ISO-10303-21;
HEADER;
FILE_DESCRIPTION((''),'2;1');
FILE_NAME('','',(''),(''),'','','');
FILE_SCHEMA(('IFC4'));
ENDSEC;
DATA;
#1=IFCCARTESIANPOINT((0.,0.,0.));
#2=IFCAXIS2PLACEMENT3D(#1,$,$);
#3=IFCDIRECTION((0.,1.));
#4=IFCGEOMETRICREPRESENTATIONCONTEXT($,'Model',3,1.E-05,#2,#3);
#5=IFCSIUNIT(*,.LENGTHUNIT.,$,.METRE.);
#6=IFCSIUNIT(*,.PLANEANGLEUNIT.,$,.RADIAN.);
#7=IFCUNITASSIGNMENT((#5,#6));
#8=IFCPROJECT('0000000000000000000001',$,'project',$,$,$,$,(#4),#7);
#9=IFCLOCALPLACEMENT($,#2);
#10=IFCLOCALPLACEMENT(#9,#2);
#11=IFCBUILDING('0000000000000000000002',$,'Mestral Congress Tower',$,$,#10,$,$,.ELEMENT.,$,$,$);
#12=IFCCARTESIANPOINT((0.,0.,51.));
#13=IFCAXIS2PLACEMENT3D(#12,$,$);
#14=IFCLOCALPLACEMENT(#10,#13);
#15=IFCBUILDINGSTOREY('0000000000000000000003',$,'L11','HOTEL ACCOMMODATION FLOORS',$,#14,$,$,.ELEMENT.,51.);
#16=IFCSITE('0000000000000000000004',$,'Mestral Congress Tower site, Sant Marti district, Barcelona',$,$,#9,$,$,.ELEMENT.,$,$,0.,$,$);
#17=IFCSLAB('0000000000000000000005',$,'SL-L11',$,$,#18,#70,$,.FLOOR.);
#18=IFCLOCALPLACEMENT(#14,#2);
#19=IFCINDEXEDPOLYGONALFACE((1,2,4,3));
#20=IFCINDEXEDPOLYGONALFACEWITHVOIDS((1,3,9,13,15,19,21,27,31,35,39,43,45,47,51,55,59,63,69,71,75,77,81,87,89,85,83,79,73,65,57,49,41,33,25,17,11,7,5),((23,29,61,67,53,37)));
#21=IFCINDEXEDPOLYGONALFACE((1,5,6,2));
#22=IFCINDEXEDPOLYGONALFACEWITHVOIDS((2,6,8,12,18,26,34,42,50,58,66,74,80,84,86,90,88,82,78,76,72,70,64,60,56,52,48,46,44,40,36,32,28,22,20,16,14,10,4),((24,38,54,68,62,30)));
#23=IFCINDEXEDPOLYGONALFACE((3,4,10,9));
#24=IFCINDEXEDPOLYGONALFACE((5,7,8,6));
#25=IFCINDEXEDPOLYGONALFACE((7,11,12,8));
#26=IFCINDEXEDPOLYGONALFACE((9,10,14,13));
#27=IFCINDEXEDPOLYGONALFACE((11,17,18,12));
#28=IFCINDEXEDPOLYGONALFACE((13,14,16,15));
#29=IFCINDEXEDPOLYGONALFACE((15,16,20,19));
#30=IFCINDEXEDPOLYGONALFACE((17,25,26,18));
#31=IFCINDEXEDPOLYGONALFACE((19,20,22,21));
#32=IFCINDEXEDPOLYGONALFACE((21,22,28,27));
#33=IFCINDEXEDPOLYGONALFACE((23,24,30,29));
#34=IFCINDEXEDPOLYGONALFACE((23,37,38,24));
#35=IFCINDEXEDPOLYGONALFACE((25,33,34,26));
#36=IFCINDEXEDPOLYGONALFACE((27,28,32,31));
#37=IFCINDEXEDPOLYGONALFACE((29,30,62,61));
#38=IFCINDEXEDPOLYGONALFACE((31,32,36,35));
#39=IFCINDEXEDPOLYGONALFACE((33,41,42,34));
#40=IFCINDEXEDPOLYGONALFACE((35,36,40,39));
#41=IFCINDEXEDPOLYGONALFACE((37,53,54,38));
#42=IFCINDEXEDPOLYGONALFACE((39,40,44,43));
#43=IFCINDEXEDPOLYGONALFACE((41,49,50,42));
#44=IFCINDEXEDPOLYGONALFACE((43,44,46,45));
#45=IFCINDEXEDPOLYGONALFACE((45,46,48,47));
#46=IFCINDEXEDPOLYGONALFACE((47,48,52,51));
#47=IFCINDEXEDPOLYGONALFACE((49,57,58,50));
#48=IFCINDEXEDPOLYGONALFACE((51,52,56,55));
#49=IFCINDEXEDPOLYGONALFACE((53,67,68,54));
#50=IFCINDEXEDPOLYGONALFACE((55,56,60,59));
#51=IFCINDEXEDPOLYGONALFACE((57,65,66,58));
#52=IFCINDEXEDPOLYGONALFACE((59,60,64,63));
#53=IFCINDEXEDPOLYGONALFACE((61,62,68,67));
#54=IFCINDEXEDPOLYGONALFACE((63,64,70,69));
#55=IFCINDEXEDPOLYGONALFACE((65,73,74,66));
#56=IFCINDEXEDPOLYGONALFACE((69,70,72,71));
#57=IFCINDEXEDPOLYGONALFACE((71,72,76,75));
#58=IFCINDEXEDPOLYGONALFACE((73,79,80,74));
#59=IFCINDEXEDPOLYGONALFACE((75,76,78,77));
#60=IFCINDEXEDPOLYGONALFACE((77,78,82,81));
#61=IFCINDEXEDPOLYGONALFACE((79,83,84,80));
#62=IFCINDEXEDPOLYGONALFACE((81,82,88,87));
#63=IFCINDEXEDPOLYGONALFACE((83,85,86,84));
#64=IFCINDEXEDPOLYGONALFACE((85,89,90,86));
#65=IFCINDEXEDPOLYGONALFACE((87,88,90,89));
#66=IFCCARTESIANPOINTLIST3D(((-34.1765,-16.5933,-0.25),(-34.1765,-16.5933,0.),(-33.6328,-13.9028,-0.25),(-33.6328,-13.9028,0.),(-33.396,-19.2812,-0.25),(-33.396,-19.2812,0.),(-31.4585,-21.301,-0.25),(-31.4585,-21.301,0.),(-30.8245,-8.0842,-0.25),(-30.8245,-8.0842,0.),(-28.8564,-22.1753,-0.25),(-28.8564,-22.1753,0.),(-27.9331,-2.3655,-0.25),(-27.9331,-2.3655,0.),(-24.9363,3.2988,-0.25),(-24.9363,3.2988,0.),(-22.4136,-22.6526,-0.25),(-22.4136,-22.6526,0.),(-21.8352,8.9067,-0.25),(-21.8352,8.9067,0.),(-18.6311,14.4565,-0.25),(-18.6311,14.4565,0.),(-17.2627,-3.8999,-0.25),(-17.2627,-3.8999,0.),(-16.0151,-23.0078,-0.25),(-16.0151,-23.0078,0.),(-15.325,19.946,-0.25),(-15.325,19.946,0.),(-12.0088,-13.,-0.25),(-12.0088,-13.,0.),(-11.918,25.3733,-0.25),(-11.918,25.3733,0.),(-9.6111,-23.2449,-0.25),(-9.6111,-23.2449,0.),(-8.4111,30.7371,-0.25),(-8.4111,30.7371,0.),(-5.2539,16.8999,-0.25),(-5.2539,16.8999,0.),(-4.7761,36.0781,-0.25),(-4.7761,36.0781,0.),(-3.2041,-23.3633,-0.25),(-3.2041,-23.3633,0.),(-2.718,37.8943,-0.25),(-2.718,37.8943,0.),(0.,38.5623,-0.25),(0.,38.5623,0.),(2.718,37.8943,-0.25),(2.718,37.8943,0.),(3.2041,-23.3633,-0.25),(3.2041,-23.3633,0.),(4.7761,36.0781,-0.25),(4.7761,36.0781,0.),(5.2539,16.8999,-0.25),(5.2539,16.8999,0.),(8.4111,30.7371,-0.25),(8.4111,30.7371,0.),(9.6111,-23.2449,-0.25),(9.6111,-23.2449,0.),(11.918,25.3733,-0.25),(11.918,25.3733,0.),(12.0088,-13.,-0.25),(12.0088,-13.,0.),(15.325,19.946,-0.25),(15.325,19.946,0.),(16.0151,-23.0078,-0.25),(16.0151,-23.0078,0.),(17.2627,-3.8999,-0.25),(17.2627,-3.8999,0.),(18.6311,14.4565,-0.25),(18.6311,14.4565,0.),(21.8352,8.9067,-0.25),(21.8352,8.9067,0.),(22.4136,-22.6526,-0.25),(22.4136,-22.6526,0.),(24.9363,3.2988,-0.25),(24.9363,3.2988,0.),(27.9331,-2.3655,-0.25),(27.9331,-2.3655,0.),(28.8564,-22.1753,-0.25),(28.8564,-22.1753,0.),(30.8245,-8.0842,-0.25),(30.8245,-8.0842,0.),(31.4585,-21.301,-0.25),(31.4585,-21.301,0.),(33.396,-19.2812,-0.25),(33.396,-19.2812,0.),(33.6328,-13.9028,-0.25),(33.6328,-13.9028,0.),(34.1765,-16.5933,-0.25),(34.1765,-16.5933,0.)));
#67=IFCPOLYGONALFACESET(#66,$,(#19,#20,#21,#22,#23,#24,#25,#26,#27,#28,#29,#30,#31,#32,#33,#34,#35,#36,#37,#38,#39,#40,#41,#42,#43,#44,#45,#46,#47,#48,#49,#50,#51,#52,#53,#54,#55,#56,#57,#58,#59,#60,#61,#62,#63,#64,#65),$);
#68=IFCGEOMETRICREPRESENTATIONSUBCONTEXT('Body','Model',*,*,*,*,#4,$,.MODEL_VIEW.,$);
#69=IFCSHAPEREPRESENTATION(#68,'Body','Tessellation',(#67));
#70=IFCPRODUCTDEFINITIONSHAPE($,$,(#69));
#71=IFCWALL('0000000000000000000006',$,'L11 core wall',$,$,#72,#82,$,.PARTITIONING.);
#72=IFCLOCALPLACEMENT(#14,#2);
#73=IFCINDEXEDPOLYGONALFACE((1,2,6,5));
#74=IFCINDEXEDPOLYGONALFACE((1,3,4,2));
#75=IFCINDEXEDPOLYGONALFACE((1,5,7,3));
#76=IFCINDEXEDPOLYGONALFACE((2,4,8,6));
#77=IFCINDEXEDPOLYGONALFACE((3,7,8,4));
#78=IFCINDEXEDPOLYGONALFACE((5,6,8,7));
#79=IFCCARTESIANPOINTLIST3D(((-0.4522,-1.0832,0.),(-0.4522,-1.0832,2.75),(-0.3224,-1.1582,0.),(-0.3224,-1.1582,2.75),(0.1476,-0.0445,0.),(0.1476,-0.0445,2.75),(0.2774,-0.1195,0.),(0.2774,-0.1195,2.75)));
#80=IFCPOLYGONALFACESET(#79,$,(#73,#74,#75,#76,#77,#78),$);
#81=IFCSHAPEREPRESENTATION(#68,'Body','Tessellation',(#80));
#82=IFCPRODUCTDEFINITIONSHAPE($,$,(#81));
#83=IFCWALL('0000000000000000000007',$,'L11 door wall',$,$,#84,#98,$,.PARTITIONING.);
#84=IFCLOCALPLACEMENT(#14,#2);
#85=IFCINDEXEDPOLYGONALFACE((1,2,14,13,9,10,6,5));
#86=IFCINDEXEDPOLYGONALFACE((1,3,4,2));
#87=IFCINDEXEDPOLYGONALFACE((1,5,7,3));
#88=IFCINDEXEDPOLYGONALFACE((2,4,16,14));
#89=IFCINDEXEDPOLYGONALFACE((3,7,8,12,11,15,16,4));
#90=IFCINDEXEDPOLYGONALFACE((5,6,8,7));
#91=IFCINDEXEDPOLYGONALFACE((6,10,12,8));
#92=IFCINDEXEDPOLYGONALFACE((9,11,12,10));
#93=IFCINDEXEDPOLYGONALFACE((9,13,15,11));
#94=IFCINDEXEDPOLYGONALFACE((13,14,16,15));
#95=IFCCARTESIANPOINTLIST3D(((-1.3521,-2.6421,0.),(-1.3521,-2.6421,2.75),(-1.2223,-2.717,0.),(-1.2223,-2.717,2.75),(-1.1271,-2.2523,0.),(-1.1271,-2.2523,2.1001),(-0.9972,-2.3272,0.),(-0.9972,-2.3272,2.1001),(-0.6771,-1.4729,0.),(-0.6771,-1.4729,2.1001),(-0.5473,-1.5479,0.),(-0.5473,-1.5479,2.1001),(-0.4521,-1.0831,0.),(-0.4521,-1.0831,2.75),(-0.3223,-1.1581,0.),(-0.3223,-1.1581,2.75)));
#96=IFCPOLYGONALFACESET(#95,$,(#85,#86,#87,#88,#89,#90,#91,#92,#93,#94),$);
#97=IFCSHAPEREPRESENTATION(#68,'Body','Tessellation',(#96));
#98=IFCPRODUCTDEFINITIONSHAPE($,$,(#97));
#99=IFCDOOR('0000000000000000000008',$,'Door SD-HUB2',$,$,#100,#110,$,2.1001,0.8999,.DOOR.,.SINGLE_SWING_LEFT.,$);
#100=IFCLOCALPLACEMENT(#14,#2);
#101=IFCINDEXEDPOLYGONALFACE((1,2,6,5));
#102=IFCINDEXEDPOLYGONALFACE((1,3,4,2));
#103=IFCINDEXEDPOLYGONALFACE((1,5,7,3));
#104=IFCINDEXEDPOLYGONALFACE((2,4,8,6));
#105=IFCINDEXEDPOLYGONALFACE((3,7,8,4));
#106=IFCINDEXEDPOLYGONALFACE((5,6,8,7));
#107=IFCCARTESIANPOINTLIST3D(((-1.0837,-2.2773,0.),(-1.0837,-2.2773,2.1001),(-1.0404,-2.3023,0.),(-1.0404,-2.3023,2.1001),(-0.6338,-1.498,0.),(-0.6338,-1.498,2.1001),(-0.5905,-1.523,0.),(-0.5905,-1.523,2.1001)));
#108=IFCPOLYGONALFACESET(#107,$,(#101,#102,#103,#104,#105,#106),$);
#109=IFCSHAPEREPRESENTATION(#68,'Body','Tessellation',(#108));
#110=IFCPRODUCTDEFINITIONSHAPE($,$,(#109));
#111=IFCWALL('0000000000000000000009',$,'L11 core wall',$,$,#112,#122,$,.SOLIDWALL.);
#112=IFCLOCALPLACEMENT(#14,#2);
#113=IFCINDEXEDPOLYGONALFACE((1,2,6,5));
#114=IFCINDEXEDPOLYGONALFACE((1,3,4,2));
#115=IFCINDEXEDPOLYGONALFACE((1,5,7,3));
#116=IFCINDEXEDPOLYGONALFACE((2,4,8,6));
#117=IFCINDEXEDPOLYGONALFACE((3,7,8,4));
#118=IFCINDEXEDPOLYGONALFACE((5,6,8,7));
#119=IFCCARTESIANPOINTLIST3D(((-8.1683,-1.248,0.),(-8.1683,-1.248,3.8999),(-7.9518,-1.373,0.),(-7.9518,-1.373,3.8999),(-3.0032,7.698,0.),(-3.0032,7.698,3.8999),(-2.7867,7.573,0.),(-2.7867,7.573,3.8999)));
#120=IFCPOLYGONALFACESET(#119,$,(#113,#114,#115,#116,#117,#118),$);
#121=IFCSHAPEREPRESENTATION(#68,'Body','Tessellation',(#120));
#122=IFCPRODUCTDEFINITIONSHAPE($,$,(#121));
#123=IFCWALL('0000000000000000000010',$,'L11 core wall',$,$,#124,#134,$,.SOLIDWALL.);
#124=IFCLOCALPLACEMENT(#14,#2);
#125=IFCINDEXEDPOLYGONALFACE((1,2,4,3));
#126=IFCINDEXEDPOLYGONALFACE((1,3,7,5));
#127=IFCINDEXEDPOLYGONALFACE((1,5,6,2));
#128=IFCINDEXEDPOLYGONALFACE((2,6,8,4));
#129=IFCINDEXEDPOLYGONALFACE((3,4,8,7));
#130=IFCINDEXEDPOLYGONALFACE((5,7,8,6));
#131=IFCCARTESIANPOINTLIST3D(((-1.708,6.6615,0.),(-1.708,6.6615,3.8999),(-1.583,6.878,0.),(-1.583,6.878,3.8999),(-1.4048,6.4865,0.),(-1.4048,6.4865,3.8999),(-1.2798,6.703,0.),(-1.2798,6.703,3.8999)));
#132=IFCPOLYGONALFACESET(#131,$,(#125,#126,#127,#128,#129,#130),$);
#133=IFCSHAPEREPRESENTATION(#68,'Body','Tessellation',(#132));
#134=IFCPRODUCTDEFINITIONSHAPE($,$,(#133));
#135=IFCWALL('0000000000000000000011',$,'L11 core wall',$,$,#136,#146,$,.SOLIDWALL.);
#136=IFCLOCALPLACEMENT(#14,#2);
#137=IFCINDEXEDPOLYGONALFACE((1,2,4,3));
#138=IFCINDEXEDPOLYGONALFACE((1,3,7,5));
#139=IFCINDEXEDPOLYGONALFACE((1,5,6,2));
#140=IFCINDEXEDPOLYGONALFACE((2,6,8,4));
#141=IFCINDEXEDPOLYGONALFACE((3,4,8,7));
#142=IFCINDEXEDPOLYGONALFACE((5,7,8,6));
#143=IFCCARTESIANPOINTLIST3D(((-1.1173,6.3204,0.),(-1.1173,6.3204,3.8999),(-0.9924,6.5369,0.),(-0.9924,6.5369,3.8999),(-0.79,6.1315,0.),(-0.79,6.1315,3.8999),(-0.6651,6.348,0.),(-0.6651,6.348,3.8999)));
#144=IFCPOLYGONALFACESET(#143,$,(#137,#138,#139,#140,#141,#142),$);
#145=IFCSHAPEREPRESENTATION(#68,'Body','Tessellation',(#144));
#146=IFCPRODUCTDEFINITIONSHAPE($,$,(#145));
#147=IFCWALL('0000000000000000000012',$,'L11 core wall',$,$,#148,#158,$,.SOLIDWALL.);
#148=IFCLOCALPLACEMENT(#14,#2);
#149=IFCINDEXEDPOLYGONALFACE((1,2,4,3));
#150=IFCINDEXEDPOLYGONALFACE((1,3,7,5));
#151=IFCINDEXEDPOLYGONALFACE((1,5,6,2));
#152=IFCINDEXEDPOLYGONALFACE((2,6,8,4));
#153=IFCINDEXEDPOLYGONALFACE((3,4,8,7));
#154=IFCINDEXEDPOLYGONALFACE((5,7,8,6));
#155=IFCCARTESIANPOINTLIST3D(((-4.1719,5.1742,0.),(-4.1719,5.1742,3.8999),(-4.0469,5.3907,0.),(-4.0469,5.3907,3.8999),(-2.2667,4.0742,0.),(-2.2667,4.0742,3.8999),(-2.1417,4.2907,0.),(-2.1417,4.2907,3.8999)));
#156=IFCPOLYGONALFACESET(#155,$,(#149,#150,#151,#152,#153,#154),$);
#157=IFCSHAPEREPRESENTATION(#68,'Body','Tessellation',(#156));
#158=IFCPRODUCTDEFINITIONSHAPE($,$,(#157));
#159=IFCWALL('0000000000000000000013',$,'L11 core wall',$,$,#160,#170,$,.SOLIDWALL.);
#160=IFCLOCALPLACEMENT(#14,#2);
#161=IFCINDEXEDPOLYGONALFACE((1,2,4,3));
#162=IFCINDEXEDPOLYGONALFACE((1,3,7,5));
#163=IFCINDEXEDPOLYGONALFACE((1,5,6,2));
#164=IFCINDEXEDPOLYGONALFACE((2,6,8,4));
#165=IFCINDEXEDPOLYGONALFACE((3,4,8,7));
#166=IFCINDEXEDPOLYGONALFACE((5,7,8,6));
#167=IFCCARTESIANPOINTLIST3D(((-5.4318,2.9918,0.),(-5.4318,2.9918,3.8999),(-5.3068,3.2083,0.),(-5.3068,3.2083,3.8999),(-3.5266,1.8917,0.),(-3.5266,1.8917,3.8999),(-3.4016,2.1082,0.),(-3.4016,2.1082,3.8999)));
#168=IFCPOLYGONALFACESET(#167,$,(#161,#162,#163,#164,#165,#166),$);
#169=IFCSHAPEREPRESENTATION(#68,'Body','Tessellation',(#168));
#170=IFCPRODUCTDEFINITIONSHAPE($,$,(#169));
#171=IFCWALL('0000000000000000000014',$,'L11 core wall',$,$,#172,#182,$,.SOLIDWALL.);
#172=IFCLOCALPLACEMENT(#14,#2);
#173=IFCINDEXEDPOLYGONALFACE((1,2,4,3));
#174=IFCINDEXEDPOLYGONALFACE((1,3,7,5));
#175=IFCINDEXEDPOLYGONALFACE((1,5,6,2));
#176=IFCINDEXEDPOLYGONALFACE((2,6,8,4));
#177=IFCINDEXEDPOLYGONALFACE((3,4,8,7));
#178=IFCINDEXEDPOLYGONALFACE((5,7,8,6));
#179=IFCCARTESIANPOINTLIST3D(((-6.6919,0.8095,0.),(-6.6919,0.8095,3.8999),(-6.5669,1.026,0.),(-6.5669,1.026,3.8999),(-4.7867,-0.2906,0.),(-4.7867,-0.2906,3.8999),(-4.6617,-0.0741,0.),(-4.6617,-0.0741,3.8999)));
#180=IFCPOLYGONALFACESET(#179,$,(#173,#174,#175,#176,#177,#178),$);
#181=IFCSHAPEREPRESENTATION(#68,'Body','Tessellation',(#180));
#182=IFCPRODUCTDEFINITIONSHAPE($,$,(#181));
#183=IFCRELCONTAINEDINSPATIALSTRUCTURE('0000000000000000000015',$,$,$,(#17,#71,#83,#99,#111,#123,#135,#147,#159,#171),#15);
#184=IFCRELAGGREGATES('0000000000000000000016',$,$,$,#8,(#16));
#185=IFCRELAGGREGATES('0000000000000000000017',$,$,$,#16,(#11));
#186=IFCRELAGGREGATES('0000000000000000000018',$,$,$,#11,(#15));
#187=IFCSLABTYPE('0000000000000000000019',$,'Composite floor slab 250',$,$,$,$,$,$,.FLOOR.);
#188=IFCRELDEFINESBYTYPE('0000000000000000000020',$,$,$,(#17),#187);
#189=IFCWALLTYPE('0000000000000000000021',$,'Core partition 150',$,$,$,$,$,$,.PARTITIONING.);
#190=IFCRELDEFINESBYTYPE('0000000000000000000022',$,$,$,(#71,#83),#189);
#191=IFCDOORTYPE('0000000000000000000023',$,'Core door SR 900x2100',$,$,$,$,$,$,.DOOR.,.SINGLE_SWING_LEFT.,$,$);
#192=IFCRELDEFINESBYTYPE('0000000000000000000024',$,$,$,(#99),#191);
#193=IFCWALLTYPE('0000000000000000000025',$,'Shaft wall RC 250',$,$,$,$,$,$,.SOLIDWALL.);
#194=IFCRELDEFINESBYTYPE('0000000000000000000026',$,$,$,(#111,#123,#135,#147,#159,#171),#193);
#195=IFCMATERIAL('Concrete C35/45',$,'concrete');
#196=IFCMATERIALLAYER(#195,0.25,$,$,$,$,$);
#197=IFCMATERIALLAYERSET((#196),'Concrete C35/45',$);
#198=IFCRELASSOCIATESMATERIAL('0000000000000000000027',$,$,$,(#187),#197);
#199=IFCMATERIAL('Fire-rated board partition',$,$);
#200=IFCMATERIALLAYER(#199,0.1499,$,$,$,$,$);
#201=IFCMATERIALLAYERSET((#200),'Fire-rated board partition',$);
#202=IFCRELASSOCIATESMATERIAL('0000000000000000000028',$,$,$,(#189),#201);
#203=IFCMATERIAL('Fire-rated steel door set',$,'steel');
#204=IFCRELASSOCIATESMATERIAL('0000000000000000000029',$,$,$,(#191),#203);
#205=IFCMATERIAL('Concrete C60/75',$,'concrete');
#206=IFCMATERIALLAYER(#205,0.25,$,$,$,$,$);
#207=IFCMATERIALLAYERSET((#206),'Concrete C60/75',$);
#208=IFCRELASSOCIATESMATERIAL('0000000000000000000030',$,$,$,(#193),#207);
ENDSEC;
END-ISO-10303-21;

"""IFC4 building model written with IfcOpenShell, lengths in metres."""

from ifc_helpers import new_model, si_unit, direction, frame, frame_2d, origin, place, context, subcontext, project, spatial, polyline, rectangle, outline, extrude, material, layer, layer_set, type_object, element, fill, save


model = new_model("IFC4")

# Units and contexts
model_context = context("Model", 3, precision=1e-05, world=origin(), true_north=direction((0.0, 1.0)))
body_context = subcontext(model_context, "Body", "Model", "MODEL_VIEW")
ifc_project = project(units=[si_unit("LENGTHUNIT", "METRE"), si_unit("PLANEANGLEUNIT", "RADIAN")], contexts=[model_context])

# Site, building, storey
site_placement = place(None, origin())
site = spatial("IfcSite", under=ifc_project, at=site_placement, Name="Mestral Congress Tower site, Sant Marti district, Barcelona", CompositionType="ELEMENT", RefElevation=0.0)
building_placement = place(site_placement, origin())
building = spatial("IfcBuilding", under=site, at=building_placement, Name="Mestral Congress Tower", CompositionType="ELEMENT")
storey_placement = place(building_placement, frame((0.0, 0.0, 51.0)))
storey = spatial("IfcBuildingStorey", under=building, at=storey_placement, Name="L11", Description="HOTEL ACCOMMODATION FLOORS", CompositionType="ELEMENT", Elevation=51.0)

# Slab
ifc_material_1 = material(Name="Concrete C35/45", Category="concrete")
ifc_layer_1 = layer(ifc_material_1, 0.25)
ifc_layer_set_1 = layer_set([ifc_layer_1], Name="Concrete C35/45")
slab_type = type_object("IfcSlabType", Name="Composite floor slab 250", PredefinedType="FLOOR", material=ifc_layer_set_1)
slab_placement = place(storey_placement, frame((0.0, 0.0, -0.25)))
element("IfcSlab", 1, at=slab_placement, inside=storey, type_object=slab_type, Name="SL-L11", PredefinedType="FLOOR", context=body_context, shape_type="SweptSolid", body=[
    extrude(outline(polyline([(-28.8564, -22.1753), (-31.4585, -21.301), (-33.396, -19.2812), (-34.1765, -16.5933), (-33.6328, -13.9028), (-30.8245, -8.0842), (-27.9331, -2.3655), (-24.9363, 3.2988), (-21.8352, 8.9067), (-18.6311, 14.4565), (-15.325, 19.946), (-11.918, 25.3733), (-8.4111, 30.7371), (-4.7761, 36.0781), (-2.718, 37.8943), (0.0, 38.5623), (2.718, 37.8943), (4.7761, 36.0781), (8.4111, 30.7371), (11.918, 25.3733), (15.325, 19.946), (18.6311, 14.4565), (21.8352, 8.9067), (24.9363, 3.2988), (27.9331, -2.3655), (30.8245, -8.0842), (33.6328, -13.9028), (34.1765, -16.5933), (33.396, -19.2812), (31.4585, -21.301), (28.8564, -22.1753), (22.4136, -22.6526), (16.0151, -23.0078), (9.6111, -23.2449), (3.2041, -23.3633), (-3.2041, -23.3633), (-9.6111, -23.2449), (-16.0151, -23.0078), (-22.4136, -22.6526), (-28.8564, -22.1753)]), holes=[polyline([(-5.2539, 16.8999), (-17.2627, -3.8999), (-12.0088, -13.0), (12.0088, -13.0), (17.2627, -3.8999), (5.2539, 16.8999), (-5.2539, 16.8999)])]), origin(), (0.0, 0.0, 1.0), 0.25),
])

# Wall
ifc_material_2 = material(Name="Fire-rated board partition")
ifc_layer_2 = layer(ifc_material_2, 0.1499)
ifc_layer_set_2 = layer_set([ifc_layer_2], Name="Fire-rated board partition")
wall_type_1 = type_object("IfcWallType", Name="Core partition 150", PredefinedType="PARTITIONING", material=ifc_layer_set_2)
wall_1_placement = place(storey_placement, frame((-0.3872, -1.1206, 0.0), z_axis=(0.0, 0.0, 1.0), x_axis=(0.500057, 0.865992, 0.0)))
element("IfcWall", 2, at=wall_1_placement, inside=storey, type_object=wall_type_1, Name="L11 core wall", PredefinedType="PARTITIONING", context=body_context, shape_type="SweptSolid", body=[
    extrude(rectangle(XDim=1.1995, YDim=0.1499, at=frame_2d((0.5996, 0.0))), origin(), (0.0, 0.0, 1.0), 2.75),
])

# Wall, opening, door
wall_2_placement = place(storey_placement, frame((-1.2871, -2.6794, 0.0), z_axis=(0.0, 0.0, 1.0), x_axis=(0.499961, 0.866048, 0.0)))
wall_2 = element("IfcWall", 3, at=wall_2_placement, inside=storey, type_object=wall_type_1, Name="L11 door wall", PredefinedType="PARTITIONING", context=body_context, shape_type="SweptSolid", body=[
    extrude(rectangle(XDim=1.8, YDim=0.1499, at=frame_2d((0.8999, 0.0))), origin(), (0.0, 0.0, 1.0), 2.75),
])
opening_1_placement = place(wall_2_placement, frame((0.45, 0.0, 0.0)))
opening_1 = element("IfcOpeningElement", 4, at=opening_1_placement, cuts=wall_2, PredefinedType="OPENING", context=body_context, shape_type="SweptSolid", body=[
    extrude(rectangle(XDim=0.8999, YDim=2.1001, at=frame_2d((0.45, 1.05))), frame((0.0, 0.085, 0.0), z_axis=(0.0, -1.0, 0.0), x_axis=(1.0, 0.0, 0.0)), (0.0, 0.0, 1.0), 0.1699),
])
ifc_material_3 = material(Name="Fire-rated steel door set", Category="steel")
door_type_1 = type_object("IfcDoorType", Name="Core door SR 900x2100", OperationType="SINGLE_SWING_LEFT", PredefinedType="DOOR", material=ifc_material_3)
door_1_placement = place(opening_1_placement, origin())
door_1 = element("IfcDoor", 5, at=door_1_placement, inside=storey, type_object=door_type_1, Name="Door SD-HUB2", OperationType="SINGLE_SWING_LEFT", OverallHeight=2.1001, OverallWidth=0.8999, PredefinedType="DOOR", context=body_context, shape_type="SweptSolid", body=[
    extrude(rectangle(XDim=0.8999, YDim=2.1001, at=frame_2d((0.45, 1.05))), frame((0.0, 0.0249, 0.0), z_axis=(0.0, -1.0, 0.0), x_axis=(1.0, 0.0, 0.0)), (0.0, 0.0, 1.0), 0.05),
])
fill(opening_1, door_1)

# Walls
ifc_material_4 = material(Name="Concrete C60/75", Category="concrete")
ifc_layer_3 = layer(ifc_material_4, 0.25)
ifc_layer_set_3 = layer_set([ifc_layer_3], Name="Concrete C60/75")
wall_type_2 = type_object("IfcWallType", Name="Shaft wall RC 250", PredefinedType="SOLIDWALL", material=ifc_layer_set_3)
wall_3_placement = place(storey_placement, frame((-8.0601, -1.3105, 0.0), z_axis=(0.0, 0.0, 1.0), x_axis=(0.500003, 0.866024, 0.0)))
element("IfcWall", 6, at=wall_3_placement, inside=storey, type_object=wall_type_2, Name="L11 core wall", PredefinedType="SOLIDWALL", context=body_context, shape_type="SweptSolid", body=[
    extrude(rectangle(XDim=10.3301, YDim=0.25, at=frame_2d((5.165, 0.0))), origin(), (0.0, 0.0, 1.0), 3.8999),
])
wall_4_placement = place(storey_placement, frame((-1.3423, 6.5947, 0.0), z_axis=(0.0, 0.0, 1.0), x_axis=(-0.866046, 0.499964, 0.0)))
element("IfcWall", 7, at=wall_4_placement, inside=storey, type_object=wall_type_2, Name="L11 core wall", PredefinedType="SOLIDWALL", context=body_context, shape_type="SweptSolid", body=[
    extrude(rectangle(XDim=0.3501, YDim=0.25, at=frame_2d((0.175, 0.0))), origin(), (0.0, 0.0, 1.0), 3.8999),
])
wall_5_placement = place(storey_placement, frame((-0.7275, 6.2397, 0.0), z_axis=(0.0, 0.0, 1.0), x_axis=(-0.866089, 0.49989, 0.0)))
element("IfcWall", 8, at=wall_5_placement, inside=storey, type_object=wall_type_2, Name="L11 core wall", PredefinedType="SOLIDWALL", context=body_context, shape_type="SweptSolid", body=[
    extrude(rectangle(XDim=0.3779, YDim=0.25, at=frame_2d((0.189, 0.0))), origin(), (0.0, 0.0, 1.0), 3.8999),
])
for number, where, z_axis, x_axis, name in (
    (9, (-2.2041, 4.1824, 0.0), (0.0, 0.0, 1.0), (-0.866008, 0.50003, 0.0), "L11 core wall"),
    (10, (-5.3694, 3.1001, 0.0), (0.0, 0.0, 1.0), (0.866008, -0.50003, 0.0), "L11 core wall"),
    (11, (-4.7241, -0.1824, 0.0), (0.0, 0.0, 1.0), (-0.866008, 0.50003, 0.0), "L11 core wall"),
):
    element("IfcWall", number, at=place(storey_placement, frame(where, z_axis=z_axis, x_axis=x_axis)), inside=storey, type_object=wall_type_2, Name=name, PredefinedType="SOLIDWALL", context=body_context, shape_type="SweptSolid", body=[
        extrude(rectangle(XDim=2.2, YDim=0.25, at=frame_2d((1.1001, 0.0))), origin(), (0.0, 0.0, 1.0), 3.8999),
    ])

save(model, "model.ifc")
